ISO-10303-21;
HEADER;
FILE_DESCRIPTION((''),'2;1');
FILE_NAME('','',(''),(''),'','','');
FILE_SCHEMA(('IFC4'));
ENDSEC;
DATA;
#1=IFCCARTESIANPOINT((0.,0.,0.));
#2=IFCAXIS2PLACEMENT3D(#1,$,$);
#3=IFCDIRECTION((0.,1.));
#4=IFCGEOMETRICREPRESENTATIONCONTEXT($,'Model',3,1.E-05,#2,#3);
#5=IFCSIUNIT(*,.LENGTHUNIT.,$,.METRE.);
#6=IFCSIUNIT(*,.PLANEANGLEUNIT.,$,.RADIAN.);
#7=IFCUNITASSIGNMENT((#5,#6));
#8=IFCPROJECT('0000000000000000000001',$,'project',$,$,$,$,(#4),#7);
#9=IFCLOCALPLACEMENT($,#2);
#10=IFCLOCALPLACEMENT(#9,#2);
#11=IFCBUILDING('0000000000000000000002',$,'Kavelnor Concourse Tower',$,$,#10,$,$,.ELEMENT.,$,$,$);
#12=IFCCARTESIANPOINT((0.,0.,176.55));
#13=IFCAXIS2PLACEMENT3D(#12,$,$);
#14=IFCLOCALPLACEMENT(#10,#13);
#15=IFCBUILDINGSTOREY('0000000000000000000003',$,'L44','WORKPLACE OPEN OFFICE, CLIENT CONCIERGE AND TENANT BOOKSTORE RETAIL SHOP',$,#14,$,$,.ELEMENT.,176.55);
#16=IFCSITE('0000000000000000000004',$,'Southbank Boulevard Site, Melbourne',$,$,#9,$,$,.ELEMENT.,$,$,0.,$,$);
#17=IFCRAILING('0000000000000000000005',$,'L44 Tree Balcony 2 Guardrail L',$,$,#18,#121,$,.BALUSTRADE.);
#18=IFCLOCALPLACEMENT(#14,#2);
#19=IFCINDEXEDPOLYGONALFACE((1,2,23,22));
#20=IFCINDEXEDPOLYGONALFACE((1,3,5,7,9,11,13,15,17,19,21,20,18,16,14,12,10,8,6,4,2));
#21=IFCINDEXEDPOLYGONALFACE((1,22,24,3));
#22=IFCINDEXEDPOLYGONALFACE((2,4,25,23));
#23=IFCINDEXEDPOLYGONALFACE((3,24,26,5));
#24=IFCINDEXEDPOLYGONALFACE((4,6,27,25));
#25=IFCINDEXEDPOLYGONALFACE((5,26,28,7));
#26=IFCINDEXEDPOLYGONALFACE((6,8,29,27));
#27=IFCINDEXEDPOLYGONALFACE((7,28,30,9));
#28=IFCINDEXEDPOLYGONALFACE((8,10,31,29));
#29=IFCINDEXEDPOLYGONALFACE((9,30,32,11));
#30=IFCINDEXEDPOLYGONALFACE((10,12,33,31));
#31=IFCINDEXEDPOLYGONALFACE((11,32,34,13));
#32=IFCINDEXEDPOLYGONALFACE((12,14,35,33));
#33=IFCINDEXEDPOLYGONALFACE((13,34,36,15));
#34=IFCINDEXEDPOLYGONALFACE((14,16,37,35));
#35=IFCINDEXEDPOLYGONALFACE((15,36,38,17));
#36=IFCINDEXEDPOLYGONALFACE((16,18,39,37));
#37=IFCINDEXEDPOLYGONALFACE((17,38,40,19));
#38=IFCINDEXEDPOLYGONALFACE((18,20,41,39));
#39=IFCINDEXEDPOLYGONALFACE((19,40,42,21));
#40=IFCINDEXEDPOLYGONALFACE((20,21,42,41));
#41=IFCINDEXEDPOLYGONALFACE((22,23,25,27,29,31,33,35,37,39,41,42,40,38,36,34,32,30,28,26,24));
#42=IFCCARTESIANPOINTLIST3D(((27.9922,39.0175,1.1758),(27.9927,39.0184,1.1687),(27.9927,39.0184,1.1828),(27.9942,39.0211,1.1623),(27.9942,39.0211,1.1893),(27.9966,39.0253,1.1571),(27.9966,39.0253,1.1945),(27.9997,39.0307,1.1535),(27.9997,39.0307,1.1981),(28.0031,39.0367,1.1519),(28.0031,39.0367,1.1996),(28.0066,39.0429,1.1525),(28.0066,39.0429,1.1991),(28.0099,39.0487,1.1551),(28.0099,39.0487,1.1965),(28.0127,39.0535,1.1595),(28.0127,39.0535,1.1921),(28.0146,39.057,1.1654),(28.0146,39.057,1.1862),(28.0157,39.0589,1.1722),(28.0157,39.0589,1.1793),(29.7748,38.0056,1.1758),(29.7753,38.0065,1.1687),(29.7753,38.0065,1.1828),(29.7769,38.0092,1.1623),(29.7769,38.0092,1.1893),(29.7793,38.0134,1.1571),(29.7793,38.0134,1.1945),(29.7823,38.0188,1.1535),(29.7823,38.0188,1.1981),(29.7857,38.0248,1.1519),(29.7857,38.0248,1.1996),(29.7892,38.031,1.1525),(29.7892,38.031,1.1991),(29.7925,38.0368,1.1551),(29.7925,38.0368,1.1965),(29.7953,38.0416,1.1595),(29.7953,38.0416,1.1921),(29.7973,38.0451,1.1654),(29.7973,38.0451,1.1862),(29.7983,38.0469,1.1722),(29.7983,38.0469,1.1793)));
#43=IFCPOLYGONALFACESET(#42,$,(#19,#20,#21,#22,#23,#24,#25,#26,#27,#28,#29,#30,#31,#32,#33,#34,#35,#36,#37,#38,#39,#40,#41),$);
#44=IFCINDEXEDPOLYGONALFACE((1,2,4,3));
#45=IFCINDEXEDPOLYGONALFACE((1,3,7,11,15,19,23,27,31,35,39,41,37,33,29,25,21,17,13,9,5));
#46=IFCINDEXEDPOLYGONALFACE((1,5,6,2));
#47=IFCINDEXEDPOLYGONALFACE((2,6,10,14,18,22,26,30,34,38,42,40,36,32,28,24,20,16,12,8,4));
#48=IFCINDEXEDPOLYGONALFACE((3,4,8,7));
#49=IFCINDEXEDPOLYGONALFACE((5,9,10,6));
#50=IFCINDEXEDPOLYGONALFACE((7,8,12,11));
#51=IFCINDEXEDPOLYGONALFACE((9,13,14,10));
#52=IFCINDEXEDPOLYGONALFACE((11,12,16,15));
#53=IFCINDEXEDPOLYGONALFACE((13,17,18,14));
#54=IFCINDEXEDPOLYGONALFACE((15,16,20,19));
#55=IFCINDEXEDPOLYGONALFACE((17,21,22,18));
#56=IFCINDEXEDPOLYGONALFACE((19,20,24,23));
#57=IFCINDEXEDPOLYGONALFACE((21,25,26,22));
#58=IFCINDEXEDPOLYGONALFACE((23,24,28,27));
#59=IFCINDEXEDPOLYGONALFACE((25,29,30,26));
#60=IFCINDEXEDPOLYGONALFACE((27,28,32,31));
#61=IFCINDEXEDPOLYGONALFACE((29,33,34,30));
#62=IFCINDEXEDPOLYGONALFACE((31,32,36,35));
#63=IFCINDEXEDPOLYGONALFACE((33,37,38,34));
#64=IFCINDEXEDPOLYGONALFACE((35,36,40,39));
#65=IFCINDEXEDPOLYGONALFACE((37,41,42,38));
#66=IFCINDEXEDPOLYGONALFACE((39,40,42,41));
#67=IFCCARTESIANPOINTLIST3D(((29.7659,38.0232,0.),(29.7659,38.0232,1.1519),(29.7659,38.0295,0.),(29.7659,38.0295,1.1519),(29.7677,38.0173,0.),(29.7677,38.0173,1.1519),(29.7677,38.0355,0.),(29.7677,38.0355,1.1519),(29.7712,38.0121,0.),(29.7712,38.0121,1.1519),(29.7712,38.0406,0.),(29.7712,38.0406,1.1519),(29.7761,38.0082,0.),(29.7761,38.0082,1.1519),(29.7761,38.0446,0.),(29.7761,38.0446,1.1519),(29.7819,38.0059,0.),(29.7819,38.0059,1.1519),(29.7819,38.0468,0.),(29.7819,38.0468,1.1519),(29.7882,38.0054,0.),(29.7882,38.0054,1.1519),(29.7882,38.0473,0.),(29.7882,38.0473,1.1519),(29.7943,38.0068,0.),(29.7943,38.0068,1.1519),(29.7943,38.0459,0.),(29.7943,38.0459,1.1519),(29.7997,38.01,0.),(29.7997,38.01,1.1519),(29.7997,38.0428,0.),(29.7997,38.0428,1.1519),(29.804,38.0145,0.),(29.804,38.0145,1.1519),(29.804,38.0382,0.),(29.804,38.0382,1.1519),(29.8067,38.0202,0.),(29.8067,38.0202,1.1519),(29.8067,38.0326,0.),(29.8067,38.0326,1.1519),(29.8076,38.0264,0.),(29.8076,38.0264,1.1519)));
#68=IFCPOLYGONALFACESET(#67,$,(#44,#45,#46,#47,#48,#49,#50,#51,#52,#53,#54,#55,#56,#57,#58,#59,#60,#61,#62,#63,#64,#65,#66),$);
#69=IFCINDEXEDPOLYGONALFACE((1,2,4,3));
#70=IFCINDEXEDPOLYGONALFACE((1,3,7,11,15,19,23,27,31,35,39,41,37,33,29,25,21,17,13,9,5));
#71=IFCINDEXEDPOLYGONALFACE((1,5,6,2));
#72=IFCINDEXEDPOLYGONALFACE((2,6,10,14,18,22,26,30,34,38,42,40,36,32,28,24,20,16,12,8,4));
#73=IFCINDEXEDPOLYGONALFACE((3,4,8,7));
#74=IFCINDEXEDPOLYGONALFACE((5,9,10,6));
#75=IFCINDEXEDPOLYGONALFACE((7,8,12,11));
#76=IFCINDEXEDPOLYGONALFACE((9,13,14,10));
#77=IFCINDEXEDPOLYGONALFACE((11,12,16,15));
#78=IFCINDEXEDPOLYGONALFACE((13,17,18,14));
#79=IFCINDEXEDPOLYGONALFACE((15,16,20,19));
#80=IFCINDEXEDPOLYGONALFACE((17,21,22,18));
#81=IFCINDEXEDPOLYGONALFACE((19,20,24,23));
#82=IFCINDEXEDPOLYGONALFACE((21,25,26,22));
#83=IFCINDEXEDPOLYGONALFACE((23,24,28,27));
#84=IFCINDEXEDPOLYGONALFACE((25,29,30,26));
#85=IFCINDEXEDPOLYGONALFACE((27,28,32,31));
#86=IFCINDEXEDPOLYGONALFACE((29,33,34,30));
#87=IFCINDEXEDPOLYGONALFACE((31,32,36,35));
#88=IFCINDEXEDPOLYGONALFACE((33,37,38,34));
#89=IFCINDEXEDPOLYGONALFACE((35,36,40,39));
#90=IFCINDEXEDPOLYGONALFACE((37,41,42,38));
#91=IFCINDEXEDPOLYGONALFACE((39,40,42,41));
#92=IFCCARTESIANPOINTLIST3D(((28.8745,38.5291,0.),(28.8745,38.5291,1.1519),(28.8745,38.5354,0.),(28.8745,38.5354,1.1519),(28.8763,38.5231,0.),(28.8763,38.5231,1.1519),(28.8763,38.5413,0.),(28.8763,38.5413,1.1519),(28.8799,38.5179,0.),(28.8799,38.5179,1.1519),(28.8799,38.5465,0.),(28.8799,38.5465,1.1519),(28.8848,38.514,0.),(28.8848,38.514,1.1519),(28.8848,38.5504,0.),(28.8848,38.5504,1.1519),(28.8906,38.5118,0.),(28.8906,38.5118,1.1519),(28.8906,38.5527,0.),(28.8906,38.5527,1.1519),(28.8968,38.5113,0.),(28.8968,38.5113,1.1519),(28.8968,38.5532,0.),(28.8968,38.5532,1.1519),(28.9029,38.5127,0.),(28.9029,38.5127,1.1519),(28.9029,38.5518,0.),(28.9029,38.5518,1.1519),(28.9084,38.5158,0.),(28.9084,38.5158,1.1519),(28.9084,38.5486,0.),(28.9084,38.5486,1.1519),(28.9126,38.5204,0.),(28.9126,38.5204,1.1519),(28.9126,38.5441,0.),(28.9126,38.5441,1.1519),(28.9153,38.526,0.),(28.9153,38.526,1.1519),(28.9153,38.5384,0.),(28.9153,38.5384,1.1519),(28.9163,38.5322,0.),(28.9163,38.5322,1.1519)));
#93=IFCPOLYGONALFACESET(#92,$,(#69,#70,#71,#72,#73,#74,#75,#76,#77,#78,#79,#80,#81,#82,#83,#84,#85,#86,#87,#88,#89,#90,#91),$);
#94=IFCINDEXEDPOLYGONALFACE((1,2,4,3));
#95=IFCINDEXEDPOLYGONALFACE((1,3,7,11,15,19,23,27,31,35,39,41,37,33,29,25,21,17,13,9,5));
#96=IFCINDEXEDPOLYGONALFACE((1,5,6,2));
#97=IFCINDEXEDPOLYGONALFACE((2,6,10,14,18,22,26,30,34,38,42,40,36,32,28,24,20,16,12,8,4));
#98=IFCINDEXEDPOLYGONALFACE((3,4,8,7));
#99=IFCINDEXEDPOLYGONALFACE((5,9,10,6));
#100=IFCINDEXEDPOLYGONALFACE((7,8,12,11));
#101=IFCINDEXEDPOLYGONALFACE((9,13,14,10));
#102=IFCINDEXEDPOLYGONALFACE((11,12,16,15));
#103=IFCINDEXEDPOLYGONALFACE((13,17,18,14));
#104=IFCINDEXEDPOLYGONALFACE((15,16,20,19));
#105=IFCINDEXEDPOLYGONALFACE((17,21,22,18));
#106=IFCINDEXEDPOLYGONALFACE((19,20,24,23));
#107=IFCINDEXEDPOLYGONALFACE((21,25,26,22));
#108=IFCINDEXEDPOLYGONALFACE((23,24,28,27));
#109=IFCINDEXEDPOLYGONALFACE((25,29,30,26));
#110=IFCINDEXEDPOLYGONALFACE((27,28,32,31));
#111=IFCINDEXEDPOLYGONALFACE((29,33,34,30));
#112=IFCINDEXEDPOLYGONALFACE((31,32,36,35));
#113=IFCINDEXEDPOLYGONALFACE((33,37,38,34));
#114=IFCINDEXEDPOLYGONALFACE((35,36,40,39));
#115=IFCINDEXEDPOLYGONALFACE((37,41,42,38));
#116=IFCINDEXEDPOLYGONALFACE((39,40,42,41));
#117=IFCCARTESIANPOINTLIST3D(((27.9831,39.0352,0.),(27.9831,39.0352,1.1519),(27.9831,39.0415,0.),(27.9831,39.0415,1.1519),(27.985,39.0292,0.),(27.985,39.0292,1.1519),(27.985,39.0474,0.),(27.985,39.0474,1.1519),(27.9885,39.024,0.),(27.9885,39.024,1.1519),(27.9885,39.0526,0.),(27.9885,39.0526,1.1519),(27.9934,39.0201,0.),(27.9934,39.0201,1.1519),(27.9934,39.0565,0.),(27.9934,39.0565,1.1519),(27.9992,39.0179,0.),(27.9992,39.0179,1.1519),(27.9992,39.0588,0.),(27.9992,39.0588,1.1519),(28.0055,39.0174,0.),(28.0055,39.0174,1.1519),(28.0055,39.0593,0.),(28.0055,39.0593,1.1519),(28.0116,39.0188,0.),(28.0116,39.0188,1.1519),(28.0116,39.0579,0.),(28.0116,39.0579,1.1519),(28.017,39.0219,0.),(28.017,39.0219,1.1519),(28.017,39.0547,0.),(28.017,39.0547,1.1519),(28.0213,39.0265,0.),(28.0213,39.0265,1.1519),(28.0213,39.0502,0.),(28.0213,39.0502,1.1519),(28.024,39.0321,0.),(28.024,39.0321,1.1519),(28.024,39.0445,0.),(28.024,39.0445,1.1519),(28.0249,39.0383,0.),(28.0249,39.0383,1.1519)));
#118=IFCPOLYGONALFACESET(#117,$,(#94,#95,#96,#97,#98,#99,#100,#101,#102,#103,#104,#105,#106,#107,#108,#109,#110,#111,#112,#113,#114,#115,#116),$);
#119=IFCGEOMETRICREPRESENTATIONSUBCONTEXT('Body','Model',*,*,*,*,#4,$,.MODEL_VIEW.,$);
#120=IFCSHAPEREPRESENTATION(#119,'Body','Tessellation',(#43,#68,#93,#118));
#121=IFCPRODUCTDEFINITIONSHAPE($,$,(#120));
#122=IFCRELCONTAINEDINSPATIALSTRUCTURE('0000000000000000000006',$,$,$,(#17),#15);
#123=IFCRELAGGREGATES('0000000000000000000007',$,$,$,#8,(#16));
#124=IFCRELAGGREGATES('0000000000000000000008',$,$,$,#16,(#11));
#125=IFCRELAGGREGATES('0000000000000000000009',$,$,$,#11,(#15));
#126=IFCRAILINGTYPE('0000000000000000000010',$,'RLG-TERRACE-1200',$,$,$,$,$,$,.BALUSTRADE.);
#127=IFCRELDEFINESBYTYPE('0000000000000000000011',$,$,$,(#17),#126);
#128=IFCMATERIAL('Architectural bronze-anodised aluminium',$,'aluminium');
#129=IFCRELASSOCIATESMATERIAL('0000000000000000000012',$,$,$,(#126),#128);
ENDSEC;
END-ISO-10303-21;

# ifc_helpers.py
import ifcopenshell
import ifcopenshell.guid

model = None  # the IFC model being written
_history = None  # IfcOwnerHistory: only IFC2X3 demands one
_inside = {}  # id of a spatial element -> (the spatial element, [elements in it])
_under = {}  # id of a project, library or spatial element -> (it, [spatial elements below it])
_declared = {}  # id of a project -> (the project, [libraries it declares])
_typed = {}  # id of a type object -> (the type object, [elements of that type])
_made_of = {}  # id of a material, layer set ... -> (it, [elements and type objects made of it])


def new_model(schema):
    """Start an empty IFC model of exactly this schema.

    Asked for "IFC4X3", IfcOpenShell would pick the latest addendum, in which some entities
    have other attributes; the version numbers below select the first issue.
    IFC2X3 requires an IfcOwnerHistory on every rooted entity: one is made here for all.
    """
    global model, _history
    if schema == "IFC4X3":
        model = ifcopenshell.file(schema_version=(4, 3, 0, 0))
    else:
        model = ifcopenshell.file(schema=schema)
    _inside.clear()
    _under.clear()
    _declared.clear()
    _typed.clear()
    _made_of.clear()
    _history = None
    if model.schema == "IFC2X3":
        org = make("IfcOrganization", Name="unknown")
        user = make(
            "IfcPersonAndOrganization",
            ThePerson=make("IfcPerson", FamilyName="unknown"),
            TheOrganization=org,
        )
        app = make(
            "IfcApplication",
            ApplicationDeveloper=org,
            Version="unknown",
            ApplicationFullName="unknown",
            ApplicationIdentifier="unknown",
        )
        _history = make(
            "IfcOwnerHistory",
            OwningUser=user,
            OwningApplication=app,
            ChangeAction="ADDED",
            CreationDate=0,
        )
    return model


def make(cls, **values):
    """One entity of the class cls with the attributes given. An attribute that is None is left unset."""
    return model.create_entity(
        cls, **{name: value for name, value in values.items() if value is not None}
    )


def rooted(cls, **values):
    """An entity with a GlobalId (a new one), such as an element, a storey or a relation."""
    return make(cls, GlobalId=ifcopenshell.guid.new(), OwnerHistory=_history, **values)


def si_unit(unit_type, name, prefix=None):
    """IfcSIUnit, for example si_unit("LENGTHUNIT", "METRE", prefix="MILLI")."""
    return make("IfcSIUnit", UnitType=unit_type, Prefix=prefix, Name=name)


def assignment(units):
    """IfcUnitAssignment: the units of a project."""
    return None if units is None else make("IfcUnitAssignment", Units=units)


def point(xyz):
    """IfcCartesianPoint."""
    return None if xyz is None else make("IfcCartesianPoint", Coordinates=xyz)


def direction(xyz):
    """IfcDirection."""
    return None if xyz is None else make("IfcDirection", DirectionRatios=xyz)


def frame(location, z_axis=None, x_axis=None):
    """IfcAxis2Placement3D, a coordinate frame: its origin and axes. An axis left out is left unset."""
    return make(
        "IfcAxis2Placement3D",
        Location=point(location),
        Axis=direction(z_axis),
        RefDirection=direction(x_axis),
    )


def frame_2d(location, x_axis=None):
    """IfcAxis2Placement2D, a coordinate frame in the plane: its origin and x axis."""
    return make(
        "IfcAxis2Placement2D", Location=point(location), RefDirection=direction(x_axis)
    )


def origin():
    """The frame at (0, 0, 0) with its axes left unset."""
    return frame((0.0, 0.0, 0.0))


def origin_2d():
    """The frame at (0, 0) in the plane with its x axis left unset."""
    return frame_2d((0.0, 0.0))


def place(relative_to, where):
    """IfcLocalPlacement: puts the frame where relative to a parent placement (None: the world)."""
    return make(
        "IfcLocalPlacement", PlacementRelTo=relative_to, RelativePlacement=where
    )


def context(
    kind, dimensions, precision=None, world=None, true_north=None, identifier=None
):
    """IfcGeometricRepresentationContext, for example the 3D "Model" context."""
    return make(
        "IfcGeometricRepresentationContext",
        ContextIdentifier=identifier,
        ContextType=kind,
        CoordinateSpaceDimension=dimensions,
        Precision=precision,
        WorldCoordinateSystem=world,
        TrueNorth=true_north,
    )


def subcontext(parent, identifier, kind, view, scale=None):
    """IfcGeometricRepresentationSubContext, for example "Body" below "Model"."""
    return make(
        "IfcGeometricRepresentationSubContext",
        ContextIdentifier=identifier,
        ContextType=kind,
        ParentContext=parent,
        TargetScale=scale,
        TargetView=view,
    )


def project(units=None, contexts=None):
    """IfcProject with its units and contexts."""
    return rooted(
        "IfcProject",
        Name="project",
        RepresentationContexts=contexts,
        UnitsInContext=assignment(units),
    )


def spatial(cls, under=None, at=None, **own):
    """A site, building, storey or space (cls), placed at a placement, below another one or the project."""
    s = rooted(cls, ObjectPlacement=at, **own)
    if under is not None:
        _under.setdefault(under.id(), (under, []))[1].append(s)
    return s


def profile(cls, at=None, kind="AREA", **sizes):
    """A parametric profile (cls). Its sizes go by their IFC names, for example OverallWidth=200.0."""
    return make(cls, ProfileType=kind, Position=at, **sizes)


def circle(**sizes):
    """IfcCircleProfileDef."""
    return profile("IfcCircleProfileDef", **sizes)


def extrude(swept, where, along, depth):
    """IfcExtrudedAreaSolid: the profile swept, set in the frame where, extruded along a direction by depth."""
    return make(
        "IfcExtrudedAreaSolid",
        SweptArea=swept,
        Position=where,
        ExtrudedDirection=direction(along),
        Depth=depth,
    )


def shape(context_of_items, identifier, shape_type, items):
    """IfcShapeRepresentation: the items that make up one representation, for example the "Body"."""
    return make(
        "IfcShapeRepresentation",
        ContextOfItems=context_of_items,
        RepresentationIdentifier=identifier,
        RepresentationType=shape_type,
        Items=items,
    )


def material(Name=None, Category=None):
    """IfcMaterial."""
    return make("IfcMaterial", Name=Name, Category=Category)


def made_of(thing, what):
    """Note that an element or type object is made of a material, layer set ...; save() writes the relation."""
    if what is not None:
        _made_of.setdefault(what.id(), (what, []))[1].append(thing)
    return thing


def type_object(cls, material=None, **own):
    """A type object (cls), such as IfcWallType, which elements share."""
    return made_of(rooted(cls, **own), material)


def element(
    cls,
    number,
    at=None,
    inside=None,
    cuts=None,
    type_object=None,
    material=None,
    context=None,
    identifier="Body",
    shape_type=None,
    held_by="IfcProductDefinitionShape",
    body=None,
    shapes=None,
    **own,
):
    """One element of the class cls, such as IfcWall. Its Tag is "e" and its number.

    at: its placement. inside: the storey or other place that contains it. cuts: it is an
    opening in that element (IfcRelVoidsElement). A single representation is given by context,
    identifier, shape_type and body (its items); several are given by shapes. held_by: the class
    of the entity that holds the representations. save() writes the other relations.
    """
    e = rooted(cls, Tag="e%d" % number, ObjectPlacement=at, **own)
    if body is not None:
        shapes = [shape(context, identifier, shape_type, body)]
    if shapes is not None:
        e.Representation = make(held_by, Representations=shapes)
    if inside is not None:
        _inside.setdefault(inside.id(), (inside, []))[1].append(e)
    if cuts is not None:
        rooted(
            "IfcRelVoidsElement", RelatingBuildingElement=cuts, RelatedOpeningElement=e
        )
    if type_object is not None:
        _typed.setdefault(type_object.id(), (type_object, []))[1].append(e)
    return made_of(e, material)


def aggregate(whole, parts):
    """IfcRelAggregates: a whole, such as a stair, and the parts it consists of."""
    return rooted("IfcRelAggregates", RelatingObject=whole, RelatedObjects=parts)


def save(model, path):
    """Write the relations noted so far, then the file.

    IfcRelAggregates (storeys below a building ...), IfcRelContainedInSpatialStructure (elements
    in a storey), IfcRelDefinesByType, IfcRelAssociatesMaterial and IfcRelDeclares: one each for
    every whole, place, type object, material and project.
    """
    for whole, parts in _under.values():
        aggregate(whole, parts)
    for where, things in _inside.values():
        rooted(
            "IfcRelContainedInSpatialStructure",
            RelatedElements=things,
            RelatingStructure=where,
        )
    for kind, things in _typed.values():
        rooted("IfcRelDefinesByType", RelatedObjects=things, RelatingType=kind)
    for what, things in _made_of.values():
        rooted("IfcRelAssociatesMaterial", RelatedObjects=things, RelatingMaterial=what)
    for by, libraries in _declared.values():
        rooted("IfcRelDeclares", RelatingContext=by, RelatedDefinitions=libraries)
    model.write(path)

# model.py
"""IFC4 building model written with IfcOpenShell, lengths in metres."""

from ifc_helpers import new_model, si_unit, direction, frame, origin, origin_2d, place, context, subcontext, project, spatial, circle, extrude, material, type_object, element, save


model = new_model("IFC4")

# Units and contexts
model_context = context("Model", 3, precision=1e-05, world=origin(), true_north=direction((0.0, 1.0)))
body_context = subcontext(model_context, "Body", "Model", "MODEL_VIEW")
ifc_project = project(units=[si_unit("LENGTHUNIT", "METRE"), si_unit("PLANEANGLEUNIT", "RADIAN")], contexts=[model_context])

# Site, building, storey
site_placement = place(None, origin())
site = spatial("IfcSite", under=ifc_project, at=site_placement, Name="Southbank Boulevard Site, Melbourne", CompositionType="ELEMENT", RefElevation=0.0)
building_placement = place(site_placement, origin())
building = spatial("IfcBuilding", under=site, at=building_placement, Name="Kavelnor Concourse Tower", CompositionType="ELEMENT")
storey_placement = place(building_placement, frame((0.0, 0.0, 176.55)))
storey = spatial("IfcBuildingStorey", under=building, at=storey_placement, Name="L44", Description="WORKPLACE OPEN OFFICE, CLIENT CONCIERGE AND TENANT BOOKSTORE RETAIL SHOP", CompositionType="ELEMENT", Elevation=176.55)

# Railing
ifc_material_1 = material(Name="Architectural bronze-anodised aluminium", Category="aluminium")
railing_type = type_object("IfcRailingType", Name="RLG-TERRACE-1200", PredefinedType="BALUSTRADE", material=ifc_material_1)
railing_1_placement = place(storey_placement, frame((29.7866, 38.0264, 0.0)))
element("IfcRailing", 1, at=railing_1_placement, inside=storey, type_object=railing_type, Name="L44 Tree Balcony 2 Guardrail L", PredefinedType="BALUSTRADE", context=body_context, shape_type="SweptSolid", body=[
    extrude(circle(Radius=0.0239, at=origin_2d()), frame((0.0, 0.0, 1.1758), z_axis=(-0.869654, 0.493662, 0.0), x_axis=(-0.493662, -0.869654, 0.0)), (0.0, 0.0, 1.0), 2.0498),
    extrude(circle(Radius=0.021, at=origin_2d()), origin(), (0.0, 0.0, 1.0), 1.1519),
    extrude(circle(Radius=0.021, at=origin_2d()), frame((-0.8914, 0.5059, 0.0)), (0.0, 0.0, 1.0), 1.1519),
    extrude(circle(Radius=0.021, at=origin_2d()), frame((-1.7827, 1.012, 0.0)), (0.0, 0.0, 1.0), 1.1519),
])

save(model, "model.ifc")
